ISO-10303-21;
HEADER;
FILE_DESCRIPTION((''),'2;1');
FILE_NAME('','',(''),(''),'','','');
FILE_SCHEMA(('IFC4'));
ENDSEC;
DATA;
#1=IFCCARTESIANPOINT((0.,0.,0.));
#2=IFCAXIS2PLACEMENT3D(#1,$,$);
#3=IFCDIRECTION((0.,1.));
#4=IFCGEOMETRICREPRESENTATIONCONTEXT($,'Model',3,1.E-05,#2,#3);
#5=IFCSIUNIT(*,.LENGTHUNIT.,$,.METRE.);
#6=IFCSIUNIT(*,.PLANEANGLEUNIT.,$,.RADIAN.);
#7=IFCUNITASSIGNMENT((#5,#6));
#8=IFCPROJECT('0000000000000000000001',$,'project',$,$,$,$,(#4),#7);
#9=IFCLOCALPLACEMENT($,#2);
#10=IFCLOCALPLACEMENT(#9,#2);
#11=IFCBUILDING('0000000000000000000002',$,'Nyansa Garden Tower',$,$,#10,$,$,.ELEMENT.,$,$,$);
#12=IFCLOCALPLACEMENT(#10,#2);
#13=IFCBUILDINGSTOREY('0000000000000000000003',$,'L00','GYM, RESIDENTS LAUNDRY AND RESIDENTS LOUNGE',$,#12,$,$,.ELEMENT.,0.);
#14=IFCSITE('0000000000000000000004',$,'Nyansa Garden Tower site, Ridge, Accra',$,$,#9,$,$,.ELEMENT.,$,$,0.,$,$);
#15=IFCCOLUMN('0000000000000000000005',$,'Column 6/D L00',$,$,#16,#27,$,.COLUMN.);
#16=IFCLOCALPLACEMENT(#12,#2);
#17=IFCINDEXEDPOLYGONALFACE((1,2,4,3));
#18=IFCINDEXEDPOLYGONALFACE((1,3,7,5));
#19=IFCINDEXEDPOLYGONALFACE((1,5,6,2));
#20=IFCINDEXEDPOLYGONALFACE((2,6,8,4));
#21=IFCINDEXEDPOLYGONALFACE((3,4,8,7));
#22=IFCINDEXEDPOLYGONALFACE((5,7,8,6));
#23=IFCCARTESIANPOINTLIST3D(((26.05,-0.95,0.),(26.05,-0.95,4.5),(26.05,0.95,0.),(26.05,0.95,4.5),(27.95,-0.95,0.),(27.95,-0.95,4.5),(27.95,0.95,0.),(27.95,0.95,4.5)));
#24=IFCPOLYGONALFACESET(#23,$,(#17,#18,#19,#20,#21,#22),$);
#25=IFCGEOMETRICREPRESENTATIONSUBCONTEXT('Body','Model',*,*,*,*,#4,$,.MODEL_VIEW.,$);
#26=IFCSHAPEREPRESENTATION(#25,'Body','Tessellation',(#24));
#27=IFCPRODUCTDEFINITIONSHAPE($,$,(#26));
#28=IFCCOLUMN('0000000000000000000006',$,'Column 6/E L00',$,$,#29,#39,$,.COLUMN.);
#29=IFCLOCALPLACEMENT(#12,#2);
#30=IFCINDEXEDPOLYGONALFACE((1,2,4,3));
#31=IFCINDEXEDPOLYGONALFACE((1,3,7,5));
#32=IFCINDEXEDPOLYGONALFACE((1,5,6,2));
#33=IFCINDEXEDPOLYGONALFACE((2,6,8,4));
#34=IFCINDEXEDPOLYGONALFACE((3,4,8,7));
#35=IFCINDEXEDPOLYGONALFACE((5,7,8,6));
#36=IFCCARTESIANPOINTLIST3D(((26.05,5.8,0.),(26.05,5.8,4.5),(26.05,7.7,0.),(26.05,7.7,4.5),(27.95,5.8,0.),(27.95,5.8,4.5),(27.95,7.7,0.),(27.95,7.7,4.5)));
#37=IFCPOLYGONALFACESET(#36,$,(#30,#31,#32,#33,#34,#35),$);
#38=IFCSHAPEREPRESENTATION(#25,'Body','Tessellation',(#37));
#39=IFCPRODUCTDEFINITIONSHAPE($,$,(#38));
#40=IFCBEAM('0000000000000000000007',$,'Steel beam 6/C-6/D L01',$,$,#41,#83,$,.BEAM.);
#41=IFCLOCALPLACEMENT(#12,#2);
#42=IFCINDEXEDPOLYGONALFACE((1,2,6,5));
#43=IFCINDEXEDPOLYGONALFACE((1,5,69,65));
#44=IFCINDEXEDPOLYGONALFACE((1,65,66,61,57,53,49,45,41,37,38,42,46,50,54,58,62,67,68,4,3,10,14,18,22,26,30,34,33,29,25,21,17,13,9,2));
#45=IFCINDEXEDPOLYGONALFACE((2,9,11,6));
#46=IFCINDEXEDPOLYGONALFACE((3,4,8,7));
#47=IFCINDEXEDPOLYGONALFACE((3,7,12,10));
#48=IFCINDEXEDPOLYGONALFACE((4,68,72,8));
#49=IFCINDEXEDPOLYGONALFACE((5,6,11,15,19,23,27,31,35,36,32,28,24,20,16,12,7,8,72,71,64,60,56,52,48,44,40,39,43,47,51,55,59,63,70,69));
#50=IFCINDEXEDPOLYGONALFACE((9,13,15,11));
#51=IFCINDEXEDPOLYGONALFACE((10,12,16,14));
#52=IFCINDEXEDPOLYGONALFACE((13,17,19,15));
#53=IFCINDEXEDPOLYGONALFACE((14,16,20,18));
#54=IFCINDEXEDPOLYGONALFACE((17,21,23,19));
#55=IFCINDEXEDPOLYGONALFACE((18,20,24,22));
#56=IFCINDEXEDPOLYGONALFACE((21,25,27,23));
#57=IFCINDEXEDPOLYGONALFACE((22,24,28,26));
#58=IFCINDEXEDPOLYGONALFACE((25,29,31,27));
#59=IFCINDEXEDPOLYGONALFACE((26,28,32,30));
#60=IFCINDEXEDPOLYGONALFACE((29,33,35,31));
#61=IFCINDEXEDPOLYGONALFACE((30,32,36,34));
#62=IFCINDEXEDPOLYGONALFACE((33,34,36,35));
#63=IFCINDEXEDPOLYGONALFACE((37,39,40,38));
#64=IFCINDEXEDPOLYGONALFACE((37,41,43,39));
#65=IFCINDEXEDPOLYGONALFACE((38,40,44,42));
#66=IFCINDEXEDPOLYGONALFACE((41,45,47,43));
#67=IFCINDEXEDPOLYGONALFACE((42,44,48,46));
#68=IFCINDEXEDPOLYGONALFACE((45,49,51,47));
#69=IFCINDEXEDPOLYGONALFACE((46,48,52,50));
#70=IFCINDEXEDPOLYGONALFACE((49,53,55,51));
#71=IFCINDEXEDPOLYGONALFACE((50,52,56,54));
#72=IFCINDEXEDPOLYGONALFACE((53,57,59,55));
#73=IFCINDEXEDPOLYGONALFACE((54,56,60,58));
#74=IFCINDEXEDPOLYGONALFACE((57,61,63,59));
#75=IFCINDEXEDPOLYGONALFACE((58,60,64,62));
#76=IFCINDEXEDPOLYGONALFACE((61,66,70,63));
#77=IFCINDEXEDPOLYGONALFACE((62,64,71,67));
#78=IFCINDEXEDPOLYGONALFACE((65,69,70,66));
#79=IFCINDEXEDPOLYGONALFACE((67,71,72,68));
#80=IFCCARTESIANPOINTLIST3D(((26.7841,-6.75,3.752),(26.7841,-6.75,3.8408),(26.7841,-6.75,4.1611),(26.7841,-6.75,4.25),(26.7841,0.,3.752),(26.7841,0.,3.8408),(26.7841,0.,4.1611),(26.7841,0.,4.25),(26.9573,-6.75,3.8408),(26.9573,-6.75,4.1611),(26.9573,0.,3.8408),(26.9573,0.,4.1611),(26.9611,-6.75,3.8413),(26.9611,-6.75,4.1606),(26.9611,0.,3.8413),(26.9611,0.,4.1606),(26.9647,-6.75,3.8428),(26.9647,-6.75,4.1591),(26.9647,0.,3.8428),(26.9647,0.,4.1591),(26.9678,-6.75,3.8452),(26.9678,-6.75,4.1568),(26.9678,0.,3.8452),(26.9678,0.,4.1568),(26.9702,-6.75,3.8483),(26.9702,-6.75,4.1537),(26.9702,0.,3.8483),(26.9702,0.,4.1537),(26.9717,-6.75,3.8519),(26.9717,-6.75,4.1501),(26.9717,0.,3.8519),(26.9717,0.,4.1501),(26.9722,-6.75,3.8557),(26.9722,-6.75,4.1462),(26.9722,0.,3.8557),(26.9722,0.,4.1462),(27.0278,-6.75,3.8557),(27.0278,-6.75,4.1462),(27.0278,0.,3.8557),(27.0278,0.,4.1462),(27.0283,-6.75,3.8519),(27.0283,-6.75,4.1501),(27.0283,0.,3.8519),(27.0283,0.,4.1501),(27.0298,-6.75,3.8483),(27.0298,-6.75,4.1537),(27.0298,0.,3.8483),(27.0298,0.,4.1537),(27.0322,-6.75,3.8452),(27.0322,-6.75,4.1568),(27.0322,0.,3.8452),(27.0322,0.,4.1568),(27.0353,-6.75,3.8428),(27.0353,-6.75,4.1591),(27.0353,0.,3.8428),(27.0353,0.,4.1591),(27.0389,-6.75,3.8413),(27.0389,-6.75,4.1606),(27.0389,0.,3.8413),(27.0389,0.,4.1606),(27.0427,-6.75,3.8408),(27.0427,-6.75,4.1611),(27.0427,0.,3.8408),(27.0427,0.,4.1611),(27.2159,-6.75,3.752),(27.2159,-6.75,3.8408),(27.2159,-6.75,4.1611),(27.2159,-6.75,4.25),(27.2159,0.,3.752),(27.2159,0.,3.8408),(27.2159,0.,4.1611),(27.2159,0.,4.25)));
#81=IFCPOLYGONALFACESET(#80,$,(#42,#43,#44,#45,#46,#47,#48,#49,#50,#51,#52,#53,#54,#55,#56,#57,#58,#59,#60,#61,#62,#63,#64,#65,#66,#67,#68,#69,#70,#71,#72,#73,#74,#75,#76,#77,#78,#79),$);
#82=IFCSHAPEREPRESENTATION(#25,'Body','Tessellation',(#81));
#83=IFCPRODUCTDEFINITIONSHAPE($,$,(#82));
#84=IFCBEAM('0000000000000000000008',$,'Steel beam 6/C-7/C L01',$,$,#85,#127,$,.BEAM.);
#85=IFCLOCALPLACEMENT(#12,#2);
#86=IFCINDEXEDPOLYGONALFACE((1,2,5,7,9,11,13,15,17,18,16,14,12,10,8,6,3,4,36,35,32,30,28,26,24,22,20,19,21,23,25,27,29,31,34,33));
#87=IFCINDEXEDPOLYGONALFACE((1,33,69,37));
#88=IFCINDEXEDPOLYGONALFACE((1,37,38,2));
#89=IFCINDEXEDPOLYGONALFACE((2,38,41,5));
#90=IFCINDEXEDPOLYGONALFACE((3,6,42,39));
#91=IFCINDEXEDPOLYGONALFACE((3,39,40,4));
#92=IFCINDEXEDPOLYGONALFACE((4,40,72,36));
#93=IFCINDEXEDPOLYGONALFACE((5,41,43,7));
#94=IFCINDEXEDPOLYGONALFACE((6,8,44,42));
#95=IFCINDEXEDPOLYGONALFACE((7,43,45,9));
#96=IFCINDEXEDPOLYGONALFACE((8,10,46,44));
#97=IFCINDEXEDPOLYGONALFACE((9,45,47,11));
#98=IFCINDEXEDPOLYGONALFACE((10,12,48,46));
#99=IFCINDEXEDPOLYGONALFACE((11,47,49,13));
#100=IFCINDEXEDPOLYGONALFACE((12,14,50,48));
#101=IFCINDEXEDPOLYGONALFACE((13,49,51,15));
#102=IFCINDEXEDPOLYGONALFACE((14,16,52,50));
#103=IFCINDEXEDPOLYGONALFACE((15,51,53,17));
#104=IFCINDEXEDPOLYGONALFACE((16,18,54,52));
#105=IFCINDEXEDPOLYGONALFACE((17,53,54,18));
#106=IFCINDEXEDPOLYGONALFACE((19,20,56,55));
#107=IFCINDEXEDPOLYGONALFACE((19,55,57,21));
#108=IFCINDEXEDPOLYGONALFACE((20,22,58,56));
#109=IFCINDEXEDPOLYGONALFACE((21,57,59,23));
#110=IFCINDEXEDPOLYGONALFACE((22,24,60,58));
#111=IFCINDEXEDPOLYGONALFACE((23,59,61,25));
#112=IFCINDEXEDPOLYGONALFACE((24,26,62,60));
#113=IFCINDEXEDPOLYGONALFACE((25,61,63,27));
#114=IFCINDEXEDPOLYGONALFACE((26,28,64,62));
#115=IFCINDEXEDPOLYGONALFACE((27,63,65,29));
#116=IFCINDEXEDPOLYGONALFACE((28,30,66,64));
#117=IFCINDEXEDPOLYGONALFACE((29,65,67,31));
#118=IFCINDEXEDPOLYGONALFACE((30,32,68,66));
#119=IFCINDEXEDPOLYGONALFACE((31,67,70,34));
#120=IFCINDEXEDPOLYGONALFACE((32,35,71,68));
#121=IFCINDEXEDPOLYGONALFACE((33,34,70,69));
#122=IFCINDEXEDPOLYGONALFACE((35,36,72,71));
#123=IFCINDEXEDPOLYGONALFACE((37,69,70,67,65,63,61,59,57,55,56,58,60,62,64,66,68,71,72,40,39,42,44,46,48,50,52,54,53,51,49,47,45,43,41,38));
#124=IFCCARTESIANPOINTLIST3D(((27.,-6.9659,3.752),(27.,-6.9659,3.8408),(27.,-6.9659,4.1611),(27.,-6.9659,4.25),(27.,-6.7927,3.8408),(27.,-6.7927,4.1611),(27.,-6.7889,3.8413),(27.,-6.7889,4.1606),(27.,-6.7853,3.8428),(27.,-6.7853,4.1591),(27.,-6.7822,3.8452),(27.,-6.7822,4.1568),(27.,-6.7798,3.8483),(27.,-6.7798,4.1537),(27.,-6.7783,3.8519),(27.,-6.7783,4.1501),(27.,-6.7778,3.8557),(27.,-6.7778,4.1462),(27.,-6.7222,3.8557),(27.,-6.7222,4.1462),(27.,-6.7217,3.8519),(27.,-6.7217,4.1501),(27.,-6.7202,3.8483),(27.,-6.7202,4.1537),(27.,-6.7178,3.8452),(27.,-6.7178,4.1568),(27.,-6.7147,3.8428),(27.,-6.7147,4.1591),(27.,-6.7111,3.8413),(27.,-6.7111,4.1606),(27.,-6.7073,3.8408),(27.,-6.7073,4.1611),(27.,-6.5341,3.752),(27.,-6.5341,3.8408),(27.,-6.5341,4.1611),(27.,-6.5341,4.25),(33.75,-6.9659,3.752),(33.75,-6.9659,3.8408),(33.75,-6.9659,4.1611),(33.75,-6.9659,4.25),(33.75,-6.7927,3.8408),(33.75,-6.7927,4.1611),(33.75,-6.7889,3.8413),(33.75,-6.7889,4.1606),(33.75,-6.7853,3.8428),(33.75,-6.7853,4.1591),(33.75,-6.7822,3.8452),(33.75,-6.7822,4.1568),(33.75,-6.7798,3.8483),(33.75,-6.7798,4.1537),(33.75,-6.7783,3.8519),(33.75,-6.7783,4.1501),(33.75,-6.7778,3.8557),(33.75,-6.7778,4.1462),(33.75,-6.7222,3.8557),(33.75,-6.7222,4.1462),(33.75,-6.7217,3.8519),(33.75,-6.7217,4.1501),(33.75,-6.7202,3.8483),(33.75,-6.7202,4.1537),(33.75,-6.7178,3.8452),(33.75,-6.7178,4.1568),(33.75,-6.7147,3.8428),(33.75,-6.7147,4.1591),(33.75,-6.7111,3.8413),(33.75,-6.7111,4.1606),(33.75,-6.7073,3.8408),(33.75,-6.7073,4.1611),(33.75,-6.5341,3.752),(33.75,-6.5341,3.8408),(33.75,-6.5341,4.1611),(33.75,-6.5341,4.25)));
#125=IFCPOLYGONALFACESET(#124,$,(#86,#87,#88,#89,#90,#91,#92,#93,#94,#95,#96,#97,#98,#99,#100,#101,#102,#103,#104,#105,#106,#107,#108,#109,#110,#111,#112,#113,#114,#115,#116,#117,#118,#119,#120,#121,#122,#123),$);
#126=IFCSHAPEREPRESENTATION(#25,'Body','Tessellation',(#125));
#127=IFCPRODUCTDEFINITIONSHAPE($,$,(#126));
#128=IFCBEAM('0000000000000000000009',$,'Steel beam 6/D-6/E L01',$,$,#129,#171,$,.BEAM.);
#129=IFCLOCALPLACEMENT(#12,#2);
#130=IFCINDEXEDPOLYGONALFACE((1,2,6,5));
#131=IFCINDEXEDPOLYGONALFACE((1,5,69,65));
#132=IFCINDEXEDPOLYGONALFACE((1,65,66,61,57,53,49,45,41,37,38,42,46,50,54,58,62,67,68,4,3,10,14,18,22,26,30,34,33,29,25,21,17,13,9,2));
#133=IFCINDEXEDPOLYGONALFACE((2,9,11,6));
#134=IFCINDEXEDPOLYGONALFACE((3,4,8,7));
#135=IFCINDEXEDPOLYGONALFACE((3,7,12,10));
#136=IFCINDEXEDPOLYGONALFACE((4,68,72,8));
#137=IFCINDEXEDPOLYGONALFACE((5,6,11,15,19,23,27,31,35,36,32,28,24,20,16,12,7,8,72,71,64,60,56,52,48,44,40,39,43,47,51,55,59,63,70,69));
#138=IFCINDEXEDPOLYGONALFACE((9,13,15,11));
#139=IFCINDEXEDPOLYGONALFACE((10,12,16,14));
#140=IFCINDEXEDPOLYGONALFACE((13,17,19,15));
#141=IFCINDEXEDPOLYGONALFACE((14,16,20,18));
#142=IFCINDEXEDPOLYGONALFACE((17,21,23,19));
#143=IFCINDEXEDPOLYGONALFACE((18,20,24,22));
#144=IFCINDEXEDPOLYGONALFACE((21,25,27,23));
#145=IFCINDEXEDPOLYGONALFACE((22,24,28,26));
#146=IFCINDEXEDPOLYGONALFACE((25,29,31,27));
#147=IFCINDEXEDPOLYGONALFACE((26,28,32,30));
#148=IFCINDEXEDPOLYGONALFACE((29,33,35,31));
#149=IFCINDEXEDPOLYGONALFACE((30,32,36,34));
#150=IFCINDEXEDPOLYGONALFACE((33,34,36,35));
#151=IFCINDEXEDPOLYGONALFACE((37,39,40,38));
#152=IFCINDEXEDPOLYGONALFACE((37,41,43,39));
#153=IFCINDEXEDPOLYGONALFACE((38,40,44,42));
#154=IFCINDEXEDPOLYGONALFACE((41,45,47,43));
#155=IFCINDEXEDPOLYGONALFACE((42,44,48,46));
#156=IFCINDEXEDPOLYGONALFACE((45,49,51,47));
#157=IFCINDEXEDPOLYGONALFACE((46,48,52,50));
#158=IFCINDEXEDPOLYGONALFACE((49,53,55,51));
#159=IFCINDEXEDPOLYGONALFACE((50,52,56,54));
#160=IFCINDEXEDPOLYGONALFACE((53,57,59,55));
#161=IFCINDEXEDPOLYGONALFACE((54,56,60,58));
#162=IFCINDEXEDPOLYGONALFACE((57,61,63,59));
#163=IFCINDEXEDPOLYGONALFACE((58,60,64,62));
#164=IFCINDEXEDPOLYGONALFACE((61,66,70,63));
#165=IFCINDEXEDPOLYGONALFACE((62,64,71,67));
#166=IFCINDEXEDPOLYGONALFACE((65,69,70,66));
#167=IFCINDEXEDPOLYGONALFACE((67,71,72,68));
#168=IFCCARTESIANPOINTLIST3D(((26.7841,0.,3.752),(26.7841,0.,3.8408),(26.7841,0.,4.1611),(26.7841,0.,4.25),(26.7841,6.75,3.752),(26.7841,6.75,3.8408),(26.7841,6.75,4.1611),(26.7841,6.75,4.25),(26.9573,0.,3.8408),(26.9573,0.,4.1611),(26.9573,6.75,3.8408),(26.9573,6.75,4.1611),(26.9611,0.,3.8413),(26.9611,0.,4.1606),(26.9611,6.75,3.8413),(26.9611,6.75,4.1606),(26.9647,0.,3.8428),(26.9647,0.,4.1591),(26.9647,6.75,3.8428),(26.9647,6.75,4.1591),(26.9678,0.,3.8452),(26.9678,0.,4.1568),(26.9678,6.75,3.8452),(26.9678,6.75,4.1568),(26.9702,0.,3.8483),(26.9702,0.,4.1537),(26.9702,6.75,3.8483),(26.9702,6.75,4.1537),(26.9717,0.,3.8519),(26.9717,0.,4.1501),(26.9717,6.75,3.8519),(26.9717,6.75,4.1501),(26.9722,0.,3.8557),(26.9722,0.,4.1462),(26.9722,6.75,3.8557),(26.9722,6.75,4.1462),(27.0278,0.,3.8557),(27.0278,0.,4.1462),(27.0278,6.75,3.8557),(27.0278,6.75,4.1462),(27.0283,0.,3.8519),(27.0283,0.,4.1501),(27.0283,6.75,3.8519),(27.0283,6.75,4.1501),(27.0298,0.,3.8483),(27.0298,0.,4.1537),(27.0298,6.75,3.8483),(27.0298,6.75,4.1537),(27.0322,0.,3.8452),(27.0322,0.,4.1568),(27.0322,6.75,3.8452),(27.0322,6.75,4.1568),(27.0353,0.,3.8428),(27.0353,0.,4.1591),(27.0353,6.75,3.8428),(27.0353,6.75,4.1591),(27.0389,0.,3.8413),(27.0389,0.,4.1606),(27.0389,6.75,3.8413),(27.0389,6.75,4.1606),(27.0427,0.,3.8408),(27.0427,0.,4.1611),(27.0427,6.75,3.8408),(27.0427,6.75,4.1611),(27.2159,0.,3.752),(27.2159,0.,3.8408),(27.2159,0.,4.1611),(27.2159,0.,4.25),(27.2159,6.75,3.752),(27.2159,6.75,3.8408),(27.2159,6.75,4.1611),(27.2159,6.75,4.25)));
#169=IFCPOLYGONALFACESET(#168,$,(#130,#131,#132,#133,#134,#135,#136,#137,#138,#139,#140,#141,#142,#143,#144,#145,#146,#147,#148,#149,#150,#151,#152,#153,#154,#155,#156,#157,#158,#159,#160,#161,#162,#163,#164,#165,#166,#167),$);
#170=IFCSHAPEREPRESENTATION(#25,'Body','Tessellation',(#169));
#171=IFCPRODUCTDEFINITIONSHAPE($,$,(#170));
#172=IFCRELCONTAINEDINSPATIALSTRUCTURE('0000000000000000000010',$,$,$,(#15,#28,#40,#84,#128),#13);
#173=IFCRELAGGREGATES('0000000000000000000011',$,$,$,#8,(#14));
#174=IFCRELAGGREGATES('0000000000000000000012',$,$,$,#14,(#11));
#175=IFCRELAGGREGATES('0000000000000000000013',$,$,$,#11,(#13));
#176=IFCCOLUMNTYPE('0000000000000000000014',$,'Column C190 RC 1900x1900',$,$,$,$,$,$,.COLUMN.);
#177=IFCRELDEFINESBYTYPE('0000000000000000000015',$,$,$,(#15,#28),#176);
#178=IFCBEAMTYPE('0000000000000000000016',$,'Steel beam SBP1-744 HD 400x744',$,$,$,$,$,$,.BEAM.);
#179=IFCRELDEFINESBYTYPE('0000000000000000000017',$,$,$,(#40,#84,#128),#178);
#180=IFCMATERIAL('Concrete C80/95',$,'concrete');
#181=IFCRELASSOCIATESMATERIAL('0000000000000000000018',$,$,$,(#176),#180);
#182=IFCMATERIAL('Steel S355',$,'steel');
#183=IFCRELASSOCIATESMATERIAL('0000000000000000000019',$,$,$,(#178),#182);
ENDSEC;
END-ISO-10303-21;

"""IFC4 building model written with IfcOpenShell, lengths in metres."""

from ifc_helpers import new_model, si_unit, direction, frame, origin, origin_2d, place, context, subcontext, project, spatial, rectangle, i_section, extrude, material, material_profile, profile_set, type_object, element, save


model = new_model("IFC4")

# Units and contexts
model_context = context("Model", 3, precision=1e-05, world=origin(), true_north=direction((0.0, 1.0)))
body_context = subcontext(model_context, "Body", "Model", "MODEL_VIEW")
ifc_project = project(units=[si_unit("LENGTHUNIT", "METRE"), si_unit("PLANEANGLEUNIT", "RADIAN")], contexts=[model_context])

# Site, building, storey
site_placement = place(None, origin())
site = spatial("IfcSite", under=ifc_project, at=site_placement, Name="Nyansa Garden Tower site, Ridge, Accra", CompositionType="ELEMENT", RefElevation=0.0)
building_placement = place(site_placement, origin())
building = spatial("IfcBuilding", under=site, at=building_placement, Name="Nyansa Garden Tower", CompositionType="ELEMENT")
storey_placement = place(building_placement, origin())
storey = spatial("IfcBuildingStorey", under=building, at=storey_placement, Name="L00", Description="GYM, RESIDENTS LAUNDRY AND RESIDENTS LOUNGE", CompositionType="ELEMENT", Elevation=0.0)

# Columns
ifc_material_1 = material(Name="Concrete C80/95", Category="concrete")
ifc_material_profile_1 = material_profile(ifc_material_1, rectangle(XDim=1.8999, YDim=1.8999, at=origin_2d()), Name="RC 1900x1900")
ifc_profile_set_1 = profile_set([ifc_material_profile_1], Name="Concrete C80/95")
column_type_1 = type_object("IfcColumnType", Name="Column C190 RC 1900x1900", PredefinedType="COLUMN", material=ifc_profile_set_1)
for number, where, z_axis, x_axis, name in (
    (1, (27.0, 0.0, 0.0), (0.0, 0.0, 1.0), (1.0, 0.0, 0.0), "Column 6/D L00"),
    (2, (27.0, 6.75, 0.0), (0.0, 0.0, 1.0), (1.0, 0.0, 0.0), "Column 6/E L00"),
):
    element("IfcColumn", number, at=place(storey_placement, frame(where, z_axis=z_axis, x_axis=x_axis)), inside=storey, type_object=column_type_1, Name=name, PredefinedType="COLUMN", context=body_context, shape_type="SweptSolid", body=[
        extrude(rectangle(XDim=1.8999, YDim=1.8999, at=origin_2d()), origin(), (0.0, 0.0, 1.0), 4.5),
    ])

# Beams
ifc_material_2 = material(Name="Steel S355", Category="steel")
ifc_material_profile_2 = material_profile(ifc_material_2, i_section(OverallWidth=0.4319, OverallDepth=0.498, WebThickness=0.0557, FlangeThickness=0.0889, FilletRadius=0.0149, at=origin_2d()), Name="HD 400x744")
ifc_profile_set_2 = profile_set([ifc_material_profile_2], Name="Steel S355")
beam_type = type_object("IfcBeamType", Name="Steel beam SBP1-744 HD 400x744", PredefinedType="BEAM", material=ifc_profile_set_2)
for number, where, z_axis, x_axis, name in (
    (3, (27.0, -6.75, 4.001), (0.0, 1.0, 0.0), (-1.0, 0.0, 0.0), "Steel beam 6/C-6/D L01"),
    (4, (27.0, -6.75, 4.001), (1.0, 0.0, 0.0), (0.0, 1.0, 0.0), "Steel beam 6/C-7/C L01"),
    (5, (27.0, 0.0, 4.001), (0.0, 1.0, 0.0), (-1.0, 0.0, 0.0), "Steel beam 6/D-6/E L01"),
):
    element("IfcBeam", number, at=place(storey_placement, frame(where, z_axis=z_axis, x_axis=x_axis)), inside=storey, type_object=beam_type, Name=name, PredefinedType="BEAM", context=body_context, shape_type="SweptSolid", body=[
        extrude(i_section(OverallWidth=0.4319, OverallDepth=0.498, WebThickness=0.0557, FlangeThickness=0.0889, FilletRadius=0.0149, at=origin_2d()), origin(), (0.0, 0.0, 1.0), 6.75),
    ])

save(model, "model.ifc")
